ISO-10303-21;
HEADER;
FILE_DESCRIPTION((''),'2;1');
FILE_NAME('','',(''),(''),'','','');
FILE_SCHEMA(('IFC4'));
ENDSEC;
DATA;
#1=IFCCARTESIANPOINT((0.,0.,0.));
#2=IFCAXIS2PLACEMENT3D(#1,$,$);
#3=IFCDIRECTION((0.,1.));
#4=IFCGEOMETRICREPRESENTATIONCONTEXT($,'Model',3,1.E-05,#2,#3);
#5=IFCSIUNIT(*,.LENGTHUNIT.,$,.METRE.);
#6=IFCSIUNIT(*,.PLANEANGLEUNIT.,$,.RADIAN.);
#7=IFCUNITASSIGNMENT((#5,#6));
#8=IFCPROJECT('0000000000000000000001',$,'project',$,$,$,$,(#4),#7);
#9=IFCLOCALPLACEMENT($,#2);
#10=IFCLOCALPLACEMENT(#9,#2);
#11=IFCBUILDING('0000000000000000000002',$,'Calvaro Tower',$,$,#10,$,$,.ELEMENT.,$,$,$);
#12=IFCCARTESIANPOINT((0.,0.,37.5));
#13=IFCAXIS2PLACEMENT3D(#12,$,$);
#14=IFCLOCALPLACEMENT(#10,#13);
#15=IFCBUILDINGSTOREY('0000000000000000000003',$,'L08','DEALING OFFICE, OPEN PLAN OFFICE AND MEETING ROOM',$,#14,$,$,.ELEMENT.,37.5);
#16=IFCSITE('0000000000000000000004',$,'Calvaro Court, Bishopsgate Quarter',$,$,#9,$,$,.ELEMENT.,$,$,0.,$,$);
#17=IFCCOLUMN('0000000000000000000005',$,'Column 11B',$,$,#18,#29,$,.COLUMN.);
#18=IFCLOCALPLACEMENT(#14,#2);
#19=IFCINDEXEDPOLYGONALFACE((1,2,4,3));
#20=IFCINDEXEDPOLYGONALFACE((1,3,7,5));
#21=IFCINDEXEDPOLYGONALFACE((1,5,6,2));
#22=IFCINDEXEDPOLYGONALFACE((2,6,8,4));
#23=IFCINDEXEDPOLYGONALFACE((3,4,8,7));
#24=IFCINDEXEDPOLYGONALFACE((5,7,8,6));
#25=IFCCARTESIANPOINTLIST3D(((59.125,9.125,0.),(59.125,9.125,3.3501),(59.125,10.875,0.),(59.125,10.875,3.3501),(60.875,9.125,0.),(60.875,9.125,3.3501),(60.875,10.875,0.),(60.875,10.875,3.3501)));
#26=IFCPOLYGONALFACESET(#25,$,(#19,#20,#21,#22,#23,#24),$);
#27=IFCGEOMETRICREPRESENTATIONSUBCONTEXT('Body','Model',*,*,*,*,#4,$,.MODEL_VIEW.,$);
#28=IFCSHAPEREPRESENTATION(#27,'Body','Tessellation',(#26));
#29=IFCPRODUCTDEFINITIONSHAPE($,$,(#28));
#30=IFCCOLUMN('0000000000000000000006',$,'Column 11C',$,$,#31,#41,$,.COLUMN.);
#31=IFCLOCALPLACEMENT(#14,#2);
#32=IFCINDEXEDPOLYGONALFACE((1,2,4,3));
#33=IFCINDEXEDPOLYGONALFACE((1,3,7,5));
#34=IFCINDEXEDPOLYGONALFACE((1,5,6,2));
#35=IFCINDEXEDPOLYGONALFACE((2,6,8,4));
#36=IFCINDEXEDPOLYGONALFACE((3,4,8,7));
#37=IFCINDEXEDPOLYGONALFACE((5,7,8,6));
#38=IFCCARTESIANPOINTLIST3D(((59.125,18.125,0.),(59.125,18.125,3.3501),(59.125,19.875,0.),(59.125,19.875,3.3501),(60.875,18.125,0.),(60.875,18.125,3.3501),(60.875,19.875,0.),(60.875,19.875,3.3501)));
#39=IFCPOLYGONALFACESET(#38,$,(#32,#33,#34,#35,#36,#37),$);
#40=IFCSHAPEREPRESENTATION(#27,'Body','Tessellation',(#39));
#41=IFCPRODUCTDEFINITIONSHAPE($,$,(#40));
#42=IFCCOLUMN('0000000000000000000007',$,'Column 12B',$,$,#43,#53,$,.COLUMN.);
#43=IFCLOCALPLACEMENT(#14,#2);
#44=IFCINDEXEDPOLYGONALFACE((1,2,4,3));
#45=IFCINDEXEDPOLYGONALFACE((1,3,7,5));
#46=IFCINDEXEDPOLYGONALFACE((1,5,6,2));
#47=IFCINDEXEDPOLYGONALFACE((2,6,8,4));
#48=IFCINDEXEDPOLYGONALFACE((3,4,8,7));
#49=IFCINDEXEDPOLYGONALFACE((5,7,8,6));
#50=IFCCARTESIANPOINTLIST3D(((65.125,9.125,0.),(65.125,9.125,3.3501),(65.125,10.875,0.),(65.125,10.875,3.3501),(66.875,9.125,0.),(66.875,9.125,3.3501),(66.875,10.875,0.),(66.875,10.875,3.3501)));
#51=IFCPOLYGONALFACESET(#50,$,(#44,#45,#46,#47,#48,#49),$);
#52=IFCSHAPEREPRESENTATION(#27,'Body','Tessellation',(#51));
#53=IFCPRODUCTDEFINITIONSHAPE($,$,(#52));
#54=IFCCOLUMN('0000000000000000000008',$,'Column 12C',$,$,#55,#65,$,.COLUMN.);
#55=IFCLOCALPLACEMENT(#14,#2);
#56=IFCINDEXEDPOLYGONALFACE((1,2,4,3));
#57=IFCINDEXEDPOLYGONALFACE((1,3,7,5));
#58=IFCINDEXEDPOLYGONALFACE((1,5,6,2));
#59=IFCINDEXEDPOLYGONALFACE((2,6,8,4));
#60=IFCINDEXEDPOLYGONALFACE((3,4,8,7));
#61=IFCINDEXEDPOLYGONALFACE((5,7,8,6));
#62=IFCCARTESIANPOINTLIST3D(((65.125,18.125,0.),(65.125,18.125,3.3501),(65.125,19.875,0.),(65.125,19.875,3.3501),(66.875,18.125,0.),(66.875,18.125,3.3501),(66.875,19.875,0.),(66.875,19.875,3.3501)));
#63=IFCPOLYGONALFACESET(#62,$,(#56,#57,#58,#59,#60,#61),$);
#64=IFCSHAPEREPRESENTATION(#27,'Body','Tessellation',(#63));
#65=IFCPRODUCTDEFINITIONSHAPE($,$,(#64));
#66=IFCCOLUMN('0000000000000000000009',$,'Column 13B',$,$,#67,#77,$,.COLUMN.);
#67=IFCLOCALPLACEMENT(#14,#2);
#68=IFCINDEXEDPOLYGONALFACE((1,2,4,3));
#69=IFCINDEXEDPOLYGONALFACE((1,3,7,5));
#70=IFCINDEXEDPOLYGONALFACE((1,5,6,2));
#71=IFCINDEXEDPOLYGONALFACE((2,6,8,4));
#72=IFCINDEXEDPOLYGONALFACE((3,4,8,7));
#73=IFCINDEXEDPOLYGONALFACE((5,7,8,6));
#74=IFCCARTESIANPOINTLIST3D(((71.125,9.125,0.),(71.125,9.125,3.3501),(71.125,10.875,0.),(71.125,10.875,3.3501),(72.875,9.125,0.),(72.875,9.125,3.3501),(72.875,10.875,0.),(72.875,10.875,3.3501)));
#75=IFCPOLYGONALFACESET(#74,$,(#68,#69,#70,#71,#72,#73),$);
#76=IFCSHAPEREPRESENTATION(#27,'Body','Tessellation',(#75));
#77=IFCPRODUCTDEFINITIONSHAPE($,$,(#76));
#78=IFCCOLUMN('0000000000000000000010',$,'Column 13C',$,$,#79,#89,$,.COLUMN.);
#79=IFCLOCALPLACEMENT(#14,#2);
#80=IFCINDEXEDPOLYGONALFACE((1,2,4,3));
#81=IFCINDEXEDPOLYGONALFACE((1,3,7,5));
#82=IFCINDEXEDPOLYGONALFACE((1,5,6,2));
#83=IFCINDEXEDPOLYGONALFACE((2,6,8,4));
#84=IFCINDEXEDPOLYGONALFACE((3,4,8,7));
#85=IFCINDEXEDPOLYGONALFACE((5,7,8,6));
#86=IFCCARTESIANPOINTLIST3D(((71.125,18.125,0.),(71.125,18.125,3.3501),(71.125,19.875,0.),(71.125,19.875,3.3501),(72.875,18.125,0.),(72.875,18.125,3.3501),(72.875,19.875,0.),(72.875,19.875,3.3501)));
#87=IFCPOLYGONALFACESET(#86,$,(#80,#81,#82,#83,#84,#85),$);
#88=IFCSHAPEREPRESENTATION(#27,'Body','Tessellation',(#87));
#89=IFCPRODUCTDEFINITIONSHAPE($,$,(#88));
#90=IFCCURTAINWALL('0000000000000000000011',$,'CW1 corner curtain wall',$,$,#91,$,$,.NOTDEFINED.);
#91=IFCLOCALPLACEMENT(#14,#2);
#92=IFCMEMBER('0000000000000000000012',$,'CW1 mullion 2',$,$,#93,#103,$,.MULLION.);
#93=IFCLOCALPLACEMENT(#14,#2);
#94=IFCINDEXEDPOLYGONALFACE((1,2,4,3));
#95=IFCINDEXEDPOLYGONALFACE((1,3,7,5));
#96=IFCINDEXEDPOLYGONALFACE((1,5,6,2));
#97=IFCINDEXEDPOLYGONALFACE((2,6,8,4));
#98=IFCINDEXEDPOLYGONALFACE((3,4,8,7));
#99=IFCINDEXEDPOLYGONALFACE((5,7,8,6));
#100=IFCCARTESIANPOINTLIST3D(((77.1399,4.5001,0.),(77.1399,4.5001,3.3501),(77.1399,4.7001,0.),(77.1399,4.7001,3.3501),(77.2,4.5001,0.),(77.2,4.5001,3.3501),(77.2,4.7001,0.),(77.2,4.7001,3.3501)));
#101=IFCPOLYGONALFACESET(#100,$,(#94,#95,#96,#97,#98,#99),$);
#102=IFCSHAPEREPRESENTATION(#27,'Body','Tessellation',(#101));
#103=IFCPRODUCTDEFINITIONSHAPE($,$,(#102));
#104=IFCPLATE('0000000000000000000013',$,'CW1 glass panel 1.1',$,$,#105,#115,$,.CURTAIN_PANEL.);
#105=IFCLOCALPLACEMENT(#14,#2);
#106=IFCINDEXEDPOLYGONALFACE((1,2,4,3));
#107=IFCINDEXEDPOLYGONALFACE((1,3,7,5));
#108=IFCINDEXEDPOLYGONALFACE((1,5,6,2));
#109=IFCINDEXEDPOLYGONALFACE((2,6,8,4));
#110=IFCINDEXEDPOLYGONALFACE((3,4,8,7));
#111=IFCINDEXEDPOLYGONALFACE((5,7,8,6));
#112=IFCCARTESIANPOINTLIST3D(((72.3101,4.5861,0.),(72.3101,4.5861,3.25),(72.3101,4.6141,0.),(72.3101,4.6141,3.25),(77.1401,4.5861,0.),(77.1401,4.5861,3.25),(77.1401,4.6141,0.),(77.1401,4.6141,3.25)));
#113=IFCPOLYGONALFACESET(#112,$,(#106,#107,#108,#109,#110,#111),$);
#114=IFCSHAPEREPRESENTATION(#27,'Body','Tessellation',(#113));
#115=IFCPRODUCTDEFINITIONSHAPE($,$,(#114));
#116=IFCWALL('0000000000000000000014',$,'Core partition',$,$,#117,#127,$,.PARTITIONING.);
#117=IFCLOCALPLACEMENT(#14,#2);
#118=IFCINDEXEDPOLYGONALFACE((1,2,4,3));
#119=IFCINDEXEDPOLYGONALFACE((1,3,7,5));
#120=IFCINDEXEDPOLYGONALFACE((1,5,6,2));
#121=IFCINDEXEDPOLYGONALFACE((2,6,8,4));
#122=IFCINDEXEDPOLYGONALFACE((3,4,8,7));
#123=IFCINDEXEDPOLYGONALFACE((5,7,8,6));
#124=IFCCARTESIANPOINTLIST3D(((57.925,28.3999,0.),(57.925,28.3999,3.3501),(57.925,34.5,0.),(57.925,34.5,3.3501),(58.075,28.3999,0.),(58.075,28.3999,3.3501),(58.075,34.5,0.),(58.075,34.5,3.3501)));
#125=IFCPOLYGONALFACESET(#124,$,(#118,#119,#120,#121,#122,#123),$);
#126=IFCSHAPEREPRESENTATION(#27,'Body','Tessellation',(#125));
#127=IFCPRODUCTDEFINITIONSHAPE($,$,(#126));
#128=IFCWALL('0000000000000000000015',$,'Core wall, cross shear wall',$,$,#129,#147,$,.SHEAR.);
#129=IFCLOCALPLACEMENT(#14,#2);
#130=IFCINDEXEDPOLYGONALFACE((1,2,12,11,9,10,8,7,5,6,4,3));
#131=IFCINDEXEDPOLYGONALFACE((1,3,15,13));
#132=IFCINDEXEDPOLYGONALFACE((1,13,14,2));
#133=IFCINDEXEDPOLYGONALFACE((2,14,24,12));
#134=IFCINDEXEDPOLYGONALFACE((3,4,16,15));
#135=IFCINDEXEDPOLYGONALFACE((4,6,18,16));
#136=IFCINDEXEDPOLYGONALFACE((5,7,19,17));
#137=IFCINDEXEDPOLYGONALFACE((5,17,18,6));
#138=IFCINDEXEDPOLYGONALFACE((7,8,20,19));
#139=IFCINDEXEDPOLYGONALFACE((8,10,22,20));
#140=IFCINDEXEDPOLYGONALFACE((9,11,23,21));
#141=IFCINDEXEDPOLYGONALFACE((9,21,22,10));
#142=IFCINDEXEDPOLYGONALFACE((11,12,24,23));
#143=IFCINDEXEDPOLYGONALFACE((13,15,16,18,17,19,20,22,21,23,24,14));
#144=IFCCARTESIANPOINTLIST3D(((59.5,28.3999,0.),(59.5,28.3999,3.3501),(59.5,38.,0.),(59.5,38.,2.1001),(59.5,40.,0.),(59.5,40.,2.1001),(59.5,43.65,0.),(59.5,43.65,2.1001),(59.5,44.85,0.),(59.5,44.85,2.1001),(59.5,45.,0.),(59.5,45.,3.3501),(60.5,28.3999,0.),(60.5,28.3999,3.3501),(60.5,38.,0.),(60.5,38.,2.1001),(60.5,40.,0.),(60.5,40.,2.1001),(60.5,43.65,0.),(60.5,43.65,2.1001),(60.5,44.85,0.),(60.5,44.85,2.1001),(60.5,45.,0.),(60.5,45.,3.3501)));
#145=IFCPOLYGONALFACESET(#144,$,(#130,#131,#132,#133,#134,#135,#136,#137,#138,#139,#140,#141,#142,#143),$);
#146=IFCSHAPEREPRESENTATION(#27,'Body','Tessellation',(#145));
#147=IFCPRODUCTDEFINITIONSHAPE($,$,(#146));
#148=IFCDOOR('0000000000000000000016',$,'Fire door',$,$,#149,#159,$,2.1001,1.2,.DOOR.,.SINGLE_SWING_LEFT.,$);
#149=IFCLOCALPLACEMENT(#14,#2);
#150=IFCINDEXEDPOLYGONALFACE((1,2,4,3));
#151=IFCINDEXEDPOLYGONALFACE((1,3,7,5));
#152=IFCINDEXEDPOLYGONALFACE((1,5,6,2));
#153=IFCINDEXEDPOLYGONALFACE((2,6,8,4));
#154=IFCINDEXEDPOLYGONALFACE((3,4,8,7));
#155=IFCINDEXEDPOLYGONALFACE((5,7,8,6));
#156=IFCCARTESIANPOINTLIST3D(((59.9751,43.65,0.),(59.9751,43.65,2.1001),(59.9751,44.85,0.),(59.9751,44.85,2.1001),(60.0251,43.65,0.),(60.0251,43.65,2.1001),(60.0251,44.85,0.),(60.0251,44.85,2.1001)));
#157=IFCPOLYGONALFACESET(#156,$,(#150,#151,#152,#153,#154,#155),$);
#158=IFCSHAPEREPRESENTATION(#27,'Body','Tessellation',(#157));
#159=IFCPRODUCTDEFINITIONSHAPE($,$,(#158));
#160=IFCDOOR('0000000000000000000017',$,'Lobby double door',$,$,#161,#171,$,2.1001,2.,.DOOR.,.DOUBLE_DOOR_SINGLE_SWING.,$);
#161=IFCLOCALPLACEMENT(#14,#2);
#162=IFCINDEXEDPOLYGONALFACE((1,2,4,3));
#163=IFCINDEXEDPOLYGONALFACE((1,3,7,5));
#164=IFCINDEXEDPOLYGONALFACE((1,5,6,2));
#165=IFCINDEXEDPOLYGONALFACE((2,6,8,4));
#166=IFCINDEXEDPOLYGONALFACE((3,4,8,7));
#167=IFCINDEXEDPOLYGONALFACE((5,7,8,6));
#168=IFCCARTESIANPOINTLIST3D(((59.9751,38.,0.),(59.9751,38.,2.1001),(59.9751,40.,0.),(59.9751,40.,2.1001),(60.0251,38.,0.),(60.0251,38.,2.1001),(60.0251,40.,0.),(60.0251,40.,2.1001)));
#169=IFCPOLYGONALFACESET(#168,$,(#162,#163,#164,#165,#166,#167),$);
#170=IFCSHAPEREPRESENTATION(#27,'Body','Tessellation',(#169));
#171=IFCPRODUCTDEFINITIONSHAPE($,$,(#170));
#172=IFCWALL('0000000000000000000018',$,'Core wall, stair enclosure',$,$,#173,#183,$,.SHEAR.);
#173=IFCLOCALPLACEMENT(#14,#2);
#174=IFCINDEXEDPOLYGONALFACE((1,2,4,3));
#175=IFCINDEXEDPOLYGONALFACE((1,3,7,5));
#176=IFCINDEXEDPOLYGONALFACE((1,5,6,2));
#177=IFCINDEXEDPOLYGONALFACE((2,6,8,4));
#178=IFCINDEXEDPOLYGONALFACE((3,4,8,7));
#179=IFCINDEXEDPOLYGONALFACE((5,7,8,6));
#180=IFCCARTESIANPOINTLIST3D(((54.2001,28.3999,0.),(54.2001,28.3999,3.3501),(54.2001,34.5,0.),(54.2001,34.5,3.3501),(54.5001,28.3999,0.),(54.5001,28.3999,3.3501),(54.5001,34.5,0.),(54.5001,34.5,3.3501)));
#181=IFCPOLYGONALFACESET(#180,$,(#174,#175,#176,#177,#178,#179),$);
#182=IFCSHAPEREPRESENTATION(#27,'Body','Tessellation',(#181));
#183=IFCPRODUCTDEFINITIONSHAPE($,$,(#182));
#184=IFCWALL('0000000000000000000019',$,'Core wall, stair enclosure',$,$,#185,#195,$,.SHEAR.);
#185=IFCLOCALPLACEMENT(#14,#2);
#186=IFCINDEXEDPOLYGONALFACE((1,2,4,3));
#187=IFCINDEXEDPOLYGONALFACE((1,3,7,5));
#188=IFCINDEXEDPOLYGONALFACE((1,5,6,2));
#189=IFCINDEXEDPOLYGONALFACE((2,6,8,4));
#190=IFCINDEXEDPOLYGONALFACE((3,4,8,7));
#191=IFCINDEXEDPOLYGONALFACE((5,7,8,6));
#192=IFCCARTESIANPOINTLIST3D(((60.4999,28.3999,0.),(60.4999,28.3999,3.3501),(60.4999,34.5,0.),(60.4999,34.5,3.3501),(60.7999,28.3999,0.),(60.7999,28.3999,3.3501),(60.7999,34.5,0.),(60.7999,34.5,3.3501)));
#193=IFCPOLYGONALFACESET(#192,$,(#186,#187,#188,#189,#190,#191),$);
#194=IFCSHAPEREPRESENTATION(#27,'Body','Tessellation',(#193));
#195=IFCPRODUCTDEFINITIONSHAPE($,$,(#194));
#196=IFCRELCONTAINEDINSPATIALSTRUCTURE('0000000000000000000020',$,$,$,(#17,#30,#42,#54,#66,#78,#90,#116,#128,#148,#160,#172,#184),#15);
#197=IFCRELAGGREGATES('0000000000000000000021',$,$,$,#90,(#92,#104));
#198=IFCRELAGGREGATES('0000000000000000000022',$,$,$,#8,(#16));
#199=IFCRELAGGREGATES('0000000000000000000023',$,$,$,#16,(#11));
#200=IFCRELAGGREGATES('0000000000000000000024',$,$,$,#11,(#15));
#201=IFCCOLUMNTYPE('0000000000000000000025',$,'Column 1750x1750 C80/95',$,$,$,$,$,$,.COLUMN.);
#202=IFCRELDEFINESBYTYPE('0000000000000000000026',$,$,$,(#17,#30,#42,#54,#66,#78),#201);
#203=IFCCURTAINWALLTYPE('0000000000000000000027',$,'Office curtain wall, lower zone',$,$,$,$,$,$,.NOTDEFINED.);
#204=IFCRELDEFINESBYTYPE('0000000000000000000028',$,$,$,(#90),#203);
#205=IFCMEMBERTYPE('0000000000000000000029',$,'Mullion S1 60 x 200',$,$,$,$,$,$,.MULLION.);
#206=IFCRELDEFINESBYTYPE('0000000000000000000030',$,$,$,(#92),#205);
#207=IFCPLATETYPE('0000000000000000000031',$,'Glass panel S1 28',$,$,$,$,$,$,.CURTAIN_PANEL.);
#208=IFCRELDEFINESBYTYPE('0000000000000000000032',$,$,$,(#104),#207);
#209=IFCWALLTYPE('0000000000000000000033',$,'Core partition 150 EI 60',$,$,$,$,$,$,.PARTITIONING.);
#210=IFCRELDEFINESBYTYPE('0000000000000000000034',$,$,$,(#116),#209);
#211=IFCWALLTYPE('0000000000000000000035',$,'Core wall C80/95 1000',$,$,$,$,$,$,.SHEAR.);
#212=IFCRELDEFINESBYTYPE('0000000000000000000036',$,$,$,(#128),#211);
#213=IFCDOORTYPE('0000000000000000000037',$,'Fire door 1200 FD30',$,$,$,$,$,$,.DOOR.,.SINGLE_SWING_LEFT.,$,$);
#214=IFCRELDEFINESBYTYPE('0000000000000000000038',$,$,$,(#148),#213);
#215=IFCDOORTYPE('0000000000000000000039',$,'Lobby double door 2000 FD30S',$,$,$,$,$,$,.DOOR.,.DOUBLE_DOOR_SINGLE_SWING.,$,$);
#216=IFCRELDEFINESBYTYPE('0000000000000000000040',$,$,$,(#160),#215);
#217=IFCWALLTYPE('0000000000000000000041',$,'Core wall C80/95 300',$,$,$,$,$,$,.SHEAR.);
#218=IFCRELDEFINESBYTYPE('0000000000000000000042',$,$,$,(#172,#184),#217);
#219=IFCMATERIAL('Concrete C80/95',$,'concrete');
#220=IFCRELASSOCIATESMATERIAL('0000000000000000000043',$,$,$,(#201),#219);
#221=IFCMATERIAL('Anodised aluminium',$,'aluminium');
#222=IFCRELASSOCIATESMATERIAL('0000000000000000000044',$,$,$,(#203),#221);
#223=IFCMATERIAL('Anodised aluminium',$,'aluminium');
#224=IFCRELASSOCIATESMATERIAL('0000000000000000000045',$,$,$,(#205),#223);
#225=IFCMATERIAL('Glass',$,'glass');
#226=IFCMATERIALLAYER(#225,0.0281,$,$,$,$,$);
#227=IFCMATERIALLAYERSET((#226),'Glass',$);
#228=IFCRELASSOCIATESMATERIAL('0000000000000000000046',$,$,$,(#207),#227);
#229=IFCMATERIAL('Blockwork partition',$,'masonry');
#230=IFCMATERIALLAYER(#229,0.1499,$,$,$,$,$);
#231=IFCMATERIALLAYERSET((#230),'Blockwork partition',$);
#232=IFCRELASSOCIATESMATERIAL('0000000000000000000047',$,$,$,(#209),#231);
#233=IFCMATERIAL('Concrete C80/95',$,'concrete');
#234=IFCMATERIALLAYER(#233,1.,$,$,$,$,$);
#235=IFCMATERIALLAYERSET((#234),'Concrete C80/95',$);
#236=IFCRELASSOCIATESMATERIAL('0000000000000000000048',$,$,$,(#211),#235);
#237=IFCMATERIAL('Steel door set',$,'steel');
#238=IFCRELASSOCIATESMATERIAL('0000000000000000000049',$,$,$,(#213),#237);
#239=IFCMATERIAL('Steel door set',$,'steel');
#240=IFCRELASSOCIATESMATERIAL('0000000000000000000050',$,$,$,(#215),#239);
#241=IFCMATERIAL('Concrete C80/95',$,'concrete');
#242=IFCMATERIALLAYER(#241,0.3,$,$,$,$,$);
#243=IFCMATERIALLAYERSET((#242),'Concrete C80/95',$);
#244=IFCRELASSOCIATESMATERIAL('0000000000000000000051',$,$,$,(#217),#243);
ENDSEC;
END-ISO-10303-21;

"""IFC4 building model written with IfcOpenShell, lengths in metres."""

from ifc_helpers import new_model, si_unit, direction, frame, frame_2d, origin, origin_2d, place, context, subcontext, project, spatial, rectangle, extrude, material, layer, layer_set, material_profile, profile_set, type_object, element, fill, aggregate, save


model = new_model("IFC4")

# Units and contexts
model_context = context("Model", 3, precision=1e-05, world=origin(), true_north=direction((0.0, 1.0)))
body_context = subcontext(model_context, "Body", "Model", "MODEL_VIEW")
ifc_project = project(units=[si_unit("LENGTHUNIT", "METRE"), si_unit("PLANEANGLEUNIT", "RADIAN")], contexts=[model_context])

# Site, building, storey
site_placement = place(None, origin())
site = spatial("IfcSite", under=ifc_project, at=site_placement, Name="Calvaro Court, Bishopsgate Quarter", CompositionType="ELEMENT", RefElevation=0.0)
building_placement = place(site_placement, origin())
building = spatial("IfcBuilding", under=site, at=building_placement, Name="Calvaro Tower", CompositionType="ELEMENT")
storey_placement = place(building_placement, frame((0.0, 0.0, 37.5)))
storey = spatial("IfcBuildingStorey", under=building, at=storey_placement, Name="L08", Description="DEALING OFFICE, OPEN PLAN OFFICE AND MEETING ROOM", CompositionType="ELEMENT", Elevation=37.5)

# Columns
ifc_material_1 = material(Name="Concrete C80/95", Category="concrete")
ifc_material_profile_1 = material_profile(ifc_material_1, rectangle(XDim=1.75, YDim=1.75, at=origin_2d()), Name="RC 1750x1750")
ifc_profile_set_1 = profile_set([ifc_material_profile_1], Name="Concrete C80/95")
column_type = type_object("IfcColumnType", Name="Column 1750x1750 C80/95", PredefinedType="COLUMN", material=ifc_profile_set_1)
for number, where, z_axis, x_axis, name in (
    (1, (60.0, 10.0, 0.0), (0.0, 0.0, 1.0), (1.0, 0.0, 0.0), "Column 11B"),
    (2, (60.0, 19.0, 0.0), (0.0, 0.0, 1.0), (1.0, 0.0, 0.0), "Column 11C"),
    (3, (66.0, 10.0, 0.0), (0.0, 0.0, 1.0), (1.0, 0.0, 0.0), "Column 12B"),
    (4, (66.0, 19.0, 0.0), (0.0, 0.0, 1.0), (1.0, 0.0, 0.0), "Column 12C"),
    (5, (72.0, 10.0, 0.0), (0.0, 0.0, 1.0), (1.0, 0.0, 0.0), "Column 13B"),
    (6, (72.0, 19.0, 0.0), (0.0, 0.0, 1.0), (1.0, 0.0, 0.0), "Column 13C"),
):
    element("IfcColumn", number, at=place(storey_placement, frame(where, z_axis=z_axis, x_axis=x_axis)), inside=storey, type_object=column_type, Name=name, PredefinedType="COLUMN", context=body_context, shape_type="SweptSolid", body=[
        extrude(rectangle(XDim=1.75, YDim=1.75, at=origin_2d()), origin(), (0.0, 0.0, 1.0), 3.3501),
    ])

# Curtain wall, member, plate
ifc_material_2 = material(Name="Anodised aluminium", Category="aluminium")
curtain_wall_type = type_object("IfcCurtainWallType", Name="Office curtain wall, lower zone", PredefinedType="NOTDEFINED", material=ifc_material_2)
curtain_wall_placement = place(storey_placement, origin())
curtain_wall = element("IfcCurtainWall", 7, at=curtain_wall_placement, inside=storey, type_object=curtain_wall_type, Name="CW1 corner curtain wall", PredefinedType="NOTDEFINED")
ifc_material_3 = material(Name="Anodised aluminium", Category="aluminium")
ifc_material_profile_2 = material_profile(ifc_material_3, rectangle(XDim=0.2, YDim=0.0601, at=origin_2d()), Name="Mullion S1 60 x 200")
ifc_profile_set_2 = profile_set([ifc_material_profile_2], Name="Anodised aluminium")
member_type = type_object("IfcMemberType", Name="Mullion S1 60 x 200", PredefinedType="MULLION", material=ifc_profile_set_2)
member_placement = place(storey_placement, frame((77.1699, 4.6001, 0.0), z_axis=(0.0, 0.0, 1.0), x_axis=(0.0, 1.0, 0.0)))
member = element("IfcMember", 8, at=member_placement, type_object=member_type, Name="CW1 mullion 2", PredefinedType="MULLION", context=body_context, shape_type="SweptSolid", body=[
    extrude(rectangle(XDim=0.2, YDim=0.0601, at=origin_2d()), origin(), (0.0, 0.0, 1.0), 3.3501),
])
ifc_material_4 = material(Name="Glass", Category="glass")
ifc_layer_1 = layer(ifc_material_4, 0.0281)
ifc_layer_set_1 = layer_set([ifc_layer_1], Name="Glass")
plate_type = type_object("IfcPlateType", Name="Glass panel S1 28", PredefinedType="CURTAIN_PANEL", material=ifc_layer_set_1)
plate_placement = place(storey_placement, frame((74.7251, 4.6001, 0.0), z_axis=(0.0, 0.0, 1.0), x_axis=(1.0, 0.0, 0.0)))
plate = element("IfcPlate", 9, at=plate_placement, type_object=plate_type, Name="CW1 glass panel 1.1", PredefinedType="CURTAIN_PANEL", context=body_context, shape_type="SweptSolid", body=[
    extrude(rectangle(XDim=4.8301, YDim=0.0281, at=origin_2d()), origin(), (0.0, 0.0, 1.0), 3.25),
])
aggregate(curtain_wall, [member, plate])

# Wall
ifc_material_5 = material(Name="Blockwork partition", Category="masonry")
ifc_layer_2 = layer(ifc_material_5, 0.1499)
ifc_layer_set_2 = layer_set([ifc_layer_2], Name="Blockwork partition")
wall_type_1 = type_object("IfcWallType", Name="Core partition 150 EI 60", PredefinedType="PARTITIONING", material=ifc_layer_set_2)
wall_1_placement = place(storey_placement, frame((58.0, 28.3999, 0.0), z_axis=(0.0, 0.0, 1.0), x_axis=(0.0, 1.0, 0.0)))
element("IfcWall", 10, at=wall_1_placement, inside=storey, type_object=wall_type_1, Name="Core partition", PredefinedType="PARTITIONING", context=body_context, shape_type="SweptSolid", body=[
    extrude(rectangle(XDim=6.1001, YDim=0.1499, at=frame_2d((3.05, 0.0))), origin(), (0.0, 0.0, 1.0), 3.3501),
])

# Wall, openings, doors
ifc_material_6 = material(Name="Concrete C80/95", Category="concrete")
ifc_layer_3 = layer(ifc_material_6, 1.0)
ifc_layer_set_3 = layer_set([ifc_layer_3], Name="Concrete C80/95")
wall_type_2 = type_object("IfcWallType", Name="Core wall C80/95 1000", PredefinedType="SHEAR", material=ifc_layer_set_3)
wall_2_placement = place(storey_placement, frame((60.0, 28.3999, 0.0), z_axis=(0.0, 0.0, 1.0), x_axis=(0.0, 1.0, 0.0)))
wall_2 = element("IfcWall", 11, at=wall_2_placement, inside=storey, type_object=wall_type_2, Name="Core wall, cross shear wall", PredefinedType="SHEAR", context=body_context, shape_type="SweptSolid", body=[
    extrude(rectangle(XDim=16.6001, YDim=1.0, at=frame_2d((8.3, 0.0))), origin(), (0.0, 0.0, 1.0), 3.3501),
])
opening_1_placement = place(wall_2_placement, frame((9.6001, 0.0, 0.0)))
opening_1 = element("IfcOpeningElement", 12, at=opening_1_placement, cuts=wall_2, PredefinedType="OPENING", context=body_context, shape_type="SweptSolid", body=[
    extrude(rectangle(XDim=2.0, YDim=2.1001, at=frame_2d((1.0, 1.05))), frame((0.0, 0.51, 0.0), z_axis=(0.0, -1.0, 0.0), x_axis=(1.0, 0.0, 0.0)), (0.0, 0.0, 1.0), 1.02),
])
opening_2_placement = place(wall_2_placement, frame((15.25, 0.0, 0.0)))
opening_2 = element("IfcOpeningElement", 13, at=opening_2_placement, cuts=wall_2, PredefinedType="OPENING", context=body_context, shape_type="SweptSolid", body=[
    extrude(rectangle(XDim=1.2, YDim=2.1001, at=frame_2d((0.6001, 1.05))), frame((0.0, 0.51, 0.0), z_axis=(0.0, -1.0, 0.0), x_axis=(1.0, 0.0, 0.0)), (0.0, 0.0, 1.0), 1.02),
])
ifc_material_7 = material(Name="Steel door set", Category="steel")
door_type_1 = type_object("IfcDoorType", Name="Fire door 1200 FD30", OperationType="SINGLE_SWING_LEFT", PredefinedType="DOOR", material=ifc_material_7)
door_1_placement = place(opening_2_placement, origin())
door_1 = element("IfcDoor", 14, at=door_1_placement, inside=storey, type_object=door_type_1, Name="Fire door", OperationType="SINGLE_SWING_LEFT", OverallHeight=2.1001, OverallWidth=1.2, PredefinedType="DOOR", context=body_context, shape_type="SweptSolid", body=[
    extrude(rectangle(XDim=1.2, YDim=2.1001, at=frame_2d((0.6001, 1.05))), frame((0.0, 0.0249, 0.0), z_axis=(0.0, -1.0, 0.0), x_axis=(1.0, 0.0, 0.0)), (0.0, 0.0, 1.0), 0.05),
])
fill(opening_2, door_1)
ifc_material_8 = material(Name="Steel door set", Category="steel")
door_type_2 = type_object("IfcDoorType", Name="Lobby double door 2000 FD30S", OperationType="DOUBLE_DOOR_SINGLE_SWING", PredefinedType="DOOR", material=ifc_material_8)
door_2_placement = place(opening_1_placement, origin())
door_2 = element("IfcDoor", 15, at=door_2_placement, inside=storey, type_object=door_type_2, Name="Lobby double door", OperationType="DOUBLE_DOOR_SINGLE_SWING", OverallHeight=2.1001, OverallWidth=2.0, PredefinedType="DOOR", context=body_context, shape_type="SweptSolid", body=[
    extrude(rectangle(XDim=2.0, YDim=2.1001, at=frame_2d((1.0, 1.05))), frame((0.0, 0.0249, 0.0), z_axis=(0.0, -1.0, 0.0), x_axis=(1.0, 0.0, 0.0)), (0.0, 0.0, 1.0), 0.05),
])
fill(opening_1, door_2)

# Walls
ifc_material_9 = material(Name="Concrete C80/95", Category="concrete")
ifc_layer_4 = layer(ifc_material_9, 0.3)
ifc_layer_set_4 = layer_set([ifc_layer_4], Name="Concrete C80/95")
wall_type_3 = type_object("IfcWallType", Name="Core wall C80/95 300", PredefinedType="SHEAR", material=ifc_layer_set_4)
for number, where, z_axis, x_axis, name in (
    (16, (54.3501, 28.3999, 0.0), (0.0, 0.0, 1.0), (0.0, 1.0, 0.0), "Core wall, stair enclosure"),
    (17, (60.6499, 28.3999, 0.0), (0.0, 0.0, 1.0), (0.0, 1.0, 0.0), "Core wall, stair enclosure"),
):
    element("IfcWall", number, at=place(storey_placement, frame(where, z_axis=z_axis, x_axis=x_axis)), inside=storey, type_object=wall_type_3, Name=name, PredefinedType="SHEAR", context=body_context, shape_type="SweptSolid", body=[
        extrude(rectangle(XDim=6.1001, YDim=0.3, at=frame_2d((3.05, 0.0))), origin(), (0.0, 0.0, 1.0), 3.3501),
    ])

save(model, "model.ifc")
